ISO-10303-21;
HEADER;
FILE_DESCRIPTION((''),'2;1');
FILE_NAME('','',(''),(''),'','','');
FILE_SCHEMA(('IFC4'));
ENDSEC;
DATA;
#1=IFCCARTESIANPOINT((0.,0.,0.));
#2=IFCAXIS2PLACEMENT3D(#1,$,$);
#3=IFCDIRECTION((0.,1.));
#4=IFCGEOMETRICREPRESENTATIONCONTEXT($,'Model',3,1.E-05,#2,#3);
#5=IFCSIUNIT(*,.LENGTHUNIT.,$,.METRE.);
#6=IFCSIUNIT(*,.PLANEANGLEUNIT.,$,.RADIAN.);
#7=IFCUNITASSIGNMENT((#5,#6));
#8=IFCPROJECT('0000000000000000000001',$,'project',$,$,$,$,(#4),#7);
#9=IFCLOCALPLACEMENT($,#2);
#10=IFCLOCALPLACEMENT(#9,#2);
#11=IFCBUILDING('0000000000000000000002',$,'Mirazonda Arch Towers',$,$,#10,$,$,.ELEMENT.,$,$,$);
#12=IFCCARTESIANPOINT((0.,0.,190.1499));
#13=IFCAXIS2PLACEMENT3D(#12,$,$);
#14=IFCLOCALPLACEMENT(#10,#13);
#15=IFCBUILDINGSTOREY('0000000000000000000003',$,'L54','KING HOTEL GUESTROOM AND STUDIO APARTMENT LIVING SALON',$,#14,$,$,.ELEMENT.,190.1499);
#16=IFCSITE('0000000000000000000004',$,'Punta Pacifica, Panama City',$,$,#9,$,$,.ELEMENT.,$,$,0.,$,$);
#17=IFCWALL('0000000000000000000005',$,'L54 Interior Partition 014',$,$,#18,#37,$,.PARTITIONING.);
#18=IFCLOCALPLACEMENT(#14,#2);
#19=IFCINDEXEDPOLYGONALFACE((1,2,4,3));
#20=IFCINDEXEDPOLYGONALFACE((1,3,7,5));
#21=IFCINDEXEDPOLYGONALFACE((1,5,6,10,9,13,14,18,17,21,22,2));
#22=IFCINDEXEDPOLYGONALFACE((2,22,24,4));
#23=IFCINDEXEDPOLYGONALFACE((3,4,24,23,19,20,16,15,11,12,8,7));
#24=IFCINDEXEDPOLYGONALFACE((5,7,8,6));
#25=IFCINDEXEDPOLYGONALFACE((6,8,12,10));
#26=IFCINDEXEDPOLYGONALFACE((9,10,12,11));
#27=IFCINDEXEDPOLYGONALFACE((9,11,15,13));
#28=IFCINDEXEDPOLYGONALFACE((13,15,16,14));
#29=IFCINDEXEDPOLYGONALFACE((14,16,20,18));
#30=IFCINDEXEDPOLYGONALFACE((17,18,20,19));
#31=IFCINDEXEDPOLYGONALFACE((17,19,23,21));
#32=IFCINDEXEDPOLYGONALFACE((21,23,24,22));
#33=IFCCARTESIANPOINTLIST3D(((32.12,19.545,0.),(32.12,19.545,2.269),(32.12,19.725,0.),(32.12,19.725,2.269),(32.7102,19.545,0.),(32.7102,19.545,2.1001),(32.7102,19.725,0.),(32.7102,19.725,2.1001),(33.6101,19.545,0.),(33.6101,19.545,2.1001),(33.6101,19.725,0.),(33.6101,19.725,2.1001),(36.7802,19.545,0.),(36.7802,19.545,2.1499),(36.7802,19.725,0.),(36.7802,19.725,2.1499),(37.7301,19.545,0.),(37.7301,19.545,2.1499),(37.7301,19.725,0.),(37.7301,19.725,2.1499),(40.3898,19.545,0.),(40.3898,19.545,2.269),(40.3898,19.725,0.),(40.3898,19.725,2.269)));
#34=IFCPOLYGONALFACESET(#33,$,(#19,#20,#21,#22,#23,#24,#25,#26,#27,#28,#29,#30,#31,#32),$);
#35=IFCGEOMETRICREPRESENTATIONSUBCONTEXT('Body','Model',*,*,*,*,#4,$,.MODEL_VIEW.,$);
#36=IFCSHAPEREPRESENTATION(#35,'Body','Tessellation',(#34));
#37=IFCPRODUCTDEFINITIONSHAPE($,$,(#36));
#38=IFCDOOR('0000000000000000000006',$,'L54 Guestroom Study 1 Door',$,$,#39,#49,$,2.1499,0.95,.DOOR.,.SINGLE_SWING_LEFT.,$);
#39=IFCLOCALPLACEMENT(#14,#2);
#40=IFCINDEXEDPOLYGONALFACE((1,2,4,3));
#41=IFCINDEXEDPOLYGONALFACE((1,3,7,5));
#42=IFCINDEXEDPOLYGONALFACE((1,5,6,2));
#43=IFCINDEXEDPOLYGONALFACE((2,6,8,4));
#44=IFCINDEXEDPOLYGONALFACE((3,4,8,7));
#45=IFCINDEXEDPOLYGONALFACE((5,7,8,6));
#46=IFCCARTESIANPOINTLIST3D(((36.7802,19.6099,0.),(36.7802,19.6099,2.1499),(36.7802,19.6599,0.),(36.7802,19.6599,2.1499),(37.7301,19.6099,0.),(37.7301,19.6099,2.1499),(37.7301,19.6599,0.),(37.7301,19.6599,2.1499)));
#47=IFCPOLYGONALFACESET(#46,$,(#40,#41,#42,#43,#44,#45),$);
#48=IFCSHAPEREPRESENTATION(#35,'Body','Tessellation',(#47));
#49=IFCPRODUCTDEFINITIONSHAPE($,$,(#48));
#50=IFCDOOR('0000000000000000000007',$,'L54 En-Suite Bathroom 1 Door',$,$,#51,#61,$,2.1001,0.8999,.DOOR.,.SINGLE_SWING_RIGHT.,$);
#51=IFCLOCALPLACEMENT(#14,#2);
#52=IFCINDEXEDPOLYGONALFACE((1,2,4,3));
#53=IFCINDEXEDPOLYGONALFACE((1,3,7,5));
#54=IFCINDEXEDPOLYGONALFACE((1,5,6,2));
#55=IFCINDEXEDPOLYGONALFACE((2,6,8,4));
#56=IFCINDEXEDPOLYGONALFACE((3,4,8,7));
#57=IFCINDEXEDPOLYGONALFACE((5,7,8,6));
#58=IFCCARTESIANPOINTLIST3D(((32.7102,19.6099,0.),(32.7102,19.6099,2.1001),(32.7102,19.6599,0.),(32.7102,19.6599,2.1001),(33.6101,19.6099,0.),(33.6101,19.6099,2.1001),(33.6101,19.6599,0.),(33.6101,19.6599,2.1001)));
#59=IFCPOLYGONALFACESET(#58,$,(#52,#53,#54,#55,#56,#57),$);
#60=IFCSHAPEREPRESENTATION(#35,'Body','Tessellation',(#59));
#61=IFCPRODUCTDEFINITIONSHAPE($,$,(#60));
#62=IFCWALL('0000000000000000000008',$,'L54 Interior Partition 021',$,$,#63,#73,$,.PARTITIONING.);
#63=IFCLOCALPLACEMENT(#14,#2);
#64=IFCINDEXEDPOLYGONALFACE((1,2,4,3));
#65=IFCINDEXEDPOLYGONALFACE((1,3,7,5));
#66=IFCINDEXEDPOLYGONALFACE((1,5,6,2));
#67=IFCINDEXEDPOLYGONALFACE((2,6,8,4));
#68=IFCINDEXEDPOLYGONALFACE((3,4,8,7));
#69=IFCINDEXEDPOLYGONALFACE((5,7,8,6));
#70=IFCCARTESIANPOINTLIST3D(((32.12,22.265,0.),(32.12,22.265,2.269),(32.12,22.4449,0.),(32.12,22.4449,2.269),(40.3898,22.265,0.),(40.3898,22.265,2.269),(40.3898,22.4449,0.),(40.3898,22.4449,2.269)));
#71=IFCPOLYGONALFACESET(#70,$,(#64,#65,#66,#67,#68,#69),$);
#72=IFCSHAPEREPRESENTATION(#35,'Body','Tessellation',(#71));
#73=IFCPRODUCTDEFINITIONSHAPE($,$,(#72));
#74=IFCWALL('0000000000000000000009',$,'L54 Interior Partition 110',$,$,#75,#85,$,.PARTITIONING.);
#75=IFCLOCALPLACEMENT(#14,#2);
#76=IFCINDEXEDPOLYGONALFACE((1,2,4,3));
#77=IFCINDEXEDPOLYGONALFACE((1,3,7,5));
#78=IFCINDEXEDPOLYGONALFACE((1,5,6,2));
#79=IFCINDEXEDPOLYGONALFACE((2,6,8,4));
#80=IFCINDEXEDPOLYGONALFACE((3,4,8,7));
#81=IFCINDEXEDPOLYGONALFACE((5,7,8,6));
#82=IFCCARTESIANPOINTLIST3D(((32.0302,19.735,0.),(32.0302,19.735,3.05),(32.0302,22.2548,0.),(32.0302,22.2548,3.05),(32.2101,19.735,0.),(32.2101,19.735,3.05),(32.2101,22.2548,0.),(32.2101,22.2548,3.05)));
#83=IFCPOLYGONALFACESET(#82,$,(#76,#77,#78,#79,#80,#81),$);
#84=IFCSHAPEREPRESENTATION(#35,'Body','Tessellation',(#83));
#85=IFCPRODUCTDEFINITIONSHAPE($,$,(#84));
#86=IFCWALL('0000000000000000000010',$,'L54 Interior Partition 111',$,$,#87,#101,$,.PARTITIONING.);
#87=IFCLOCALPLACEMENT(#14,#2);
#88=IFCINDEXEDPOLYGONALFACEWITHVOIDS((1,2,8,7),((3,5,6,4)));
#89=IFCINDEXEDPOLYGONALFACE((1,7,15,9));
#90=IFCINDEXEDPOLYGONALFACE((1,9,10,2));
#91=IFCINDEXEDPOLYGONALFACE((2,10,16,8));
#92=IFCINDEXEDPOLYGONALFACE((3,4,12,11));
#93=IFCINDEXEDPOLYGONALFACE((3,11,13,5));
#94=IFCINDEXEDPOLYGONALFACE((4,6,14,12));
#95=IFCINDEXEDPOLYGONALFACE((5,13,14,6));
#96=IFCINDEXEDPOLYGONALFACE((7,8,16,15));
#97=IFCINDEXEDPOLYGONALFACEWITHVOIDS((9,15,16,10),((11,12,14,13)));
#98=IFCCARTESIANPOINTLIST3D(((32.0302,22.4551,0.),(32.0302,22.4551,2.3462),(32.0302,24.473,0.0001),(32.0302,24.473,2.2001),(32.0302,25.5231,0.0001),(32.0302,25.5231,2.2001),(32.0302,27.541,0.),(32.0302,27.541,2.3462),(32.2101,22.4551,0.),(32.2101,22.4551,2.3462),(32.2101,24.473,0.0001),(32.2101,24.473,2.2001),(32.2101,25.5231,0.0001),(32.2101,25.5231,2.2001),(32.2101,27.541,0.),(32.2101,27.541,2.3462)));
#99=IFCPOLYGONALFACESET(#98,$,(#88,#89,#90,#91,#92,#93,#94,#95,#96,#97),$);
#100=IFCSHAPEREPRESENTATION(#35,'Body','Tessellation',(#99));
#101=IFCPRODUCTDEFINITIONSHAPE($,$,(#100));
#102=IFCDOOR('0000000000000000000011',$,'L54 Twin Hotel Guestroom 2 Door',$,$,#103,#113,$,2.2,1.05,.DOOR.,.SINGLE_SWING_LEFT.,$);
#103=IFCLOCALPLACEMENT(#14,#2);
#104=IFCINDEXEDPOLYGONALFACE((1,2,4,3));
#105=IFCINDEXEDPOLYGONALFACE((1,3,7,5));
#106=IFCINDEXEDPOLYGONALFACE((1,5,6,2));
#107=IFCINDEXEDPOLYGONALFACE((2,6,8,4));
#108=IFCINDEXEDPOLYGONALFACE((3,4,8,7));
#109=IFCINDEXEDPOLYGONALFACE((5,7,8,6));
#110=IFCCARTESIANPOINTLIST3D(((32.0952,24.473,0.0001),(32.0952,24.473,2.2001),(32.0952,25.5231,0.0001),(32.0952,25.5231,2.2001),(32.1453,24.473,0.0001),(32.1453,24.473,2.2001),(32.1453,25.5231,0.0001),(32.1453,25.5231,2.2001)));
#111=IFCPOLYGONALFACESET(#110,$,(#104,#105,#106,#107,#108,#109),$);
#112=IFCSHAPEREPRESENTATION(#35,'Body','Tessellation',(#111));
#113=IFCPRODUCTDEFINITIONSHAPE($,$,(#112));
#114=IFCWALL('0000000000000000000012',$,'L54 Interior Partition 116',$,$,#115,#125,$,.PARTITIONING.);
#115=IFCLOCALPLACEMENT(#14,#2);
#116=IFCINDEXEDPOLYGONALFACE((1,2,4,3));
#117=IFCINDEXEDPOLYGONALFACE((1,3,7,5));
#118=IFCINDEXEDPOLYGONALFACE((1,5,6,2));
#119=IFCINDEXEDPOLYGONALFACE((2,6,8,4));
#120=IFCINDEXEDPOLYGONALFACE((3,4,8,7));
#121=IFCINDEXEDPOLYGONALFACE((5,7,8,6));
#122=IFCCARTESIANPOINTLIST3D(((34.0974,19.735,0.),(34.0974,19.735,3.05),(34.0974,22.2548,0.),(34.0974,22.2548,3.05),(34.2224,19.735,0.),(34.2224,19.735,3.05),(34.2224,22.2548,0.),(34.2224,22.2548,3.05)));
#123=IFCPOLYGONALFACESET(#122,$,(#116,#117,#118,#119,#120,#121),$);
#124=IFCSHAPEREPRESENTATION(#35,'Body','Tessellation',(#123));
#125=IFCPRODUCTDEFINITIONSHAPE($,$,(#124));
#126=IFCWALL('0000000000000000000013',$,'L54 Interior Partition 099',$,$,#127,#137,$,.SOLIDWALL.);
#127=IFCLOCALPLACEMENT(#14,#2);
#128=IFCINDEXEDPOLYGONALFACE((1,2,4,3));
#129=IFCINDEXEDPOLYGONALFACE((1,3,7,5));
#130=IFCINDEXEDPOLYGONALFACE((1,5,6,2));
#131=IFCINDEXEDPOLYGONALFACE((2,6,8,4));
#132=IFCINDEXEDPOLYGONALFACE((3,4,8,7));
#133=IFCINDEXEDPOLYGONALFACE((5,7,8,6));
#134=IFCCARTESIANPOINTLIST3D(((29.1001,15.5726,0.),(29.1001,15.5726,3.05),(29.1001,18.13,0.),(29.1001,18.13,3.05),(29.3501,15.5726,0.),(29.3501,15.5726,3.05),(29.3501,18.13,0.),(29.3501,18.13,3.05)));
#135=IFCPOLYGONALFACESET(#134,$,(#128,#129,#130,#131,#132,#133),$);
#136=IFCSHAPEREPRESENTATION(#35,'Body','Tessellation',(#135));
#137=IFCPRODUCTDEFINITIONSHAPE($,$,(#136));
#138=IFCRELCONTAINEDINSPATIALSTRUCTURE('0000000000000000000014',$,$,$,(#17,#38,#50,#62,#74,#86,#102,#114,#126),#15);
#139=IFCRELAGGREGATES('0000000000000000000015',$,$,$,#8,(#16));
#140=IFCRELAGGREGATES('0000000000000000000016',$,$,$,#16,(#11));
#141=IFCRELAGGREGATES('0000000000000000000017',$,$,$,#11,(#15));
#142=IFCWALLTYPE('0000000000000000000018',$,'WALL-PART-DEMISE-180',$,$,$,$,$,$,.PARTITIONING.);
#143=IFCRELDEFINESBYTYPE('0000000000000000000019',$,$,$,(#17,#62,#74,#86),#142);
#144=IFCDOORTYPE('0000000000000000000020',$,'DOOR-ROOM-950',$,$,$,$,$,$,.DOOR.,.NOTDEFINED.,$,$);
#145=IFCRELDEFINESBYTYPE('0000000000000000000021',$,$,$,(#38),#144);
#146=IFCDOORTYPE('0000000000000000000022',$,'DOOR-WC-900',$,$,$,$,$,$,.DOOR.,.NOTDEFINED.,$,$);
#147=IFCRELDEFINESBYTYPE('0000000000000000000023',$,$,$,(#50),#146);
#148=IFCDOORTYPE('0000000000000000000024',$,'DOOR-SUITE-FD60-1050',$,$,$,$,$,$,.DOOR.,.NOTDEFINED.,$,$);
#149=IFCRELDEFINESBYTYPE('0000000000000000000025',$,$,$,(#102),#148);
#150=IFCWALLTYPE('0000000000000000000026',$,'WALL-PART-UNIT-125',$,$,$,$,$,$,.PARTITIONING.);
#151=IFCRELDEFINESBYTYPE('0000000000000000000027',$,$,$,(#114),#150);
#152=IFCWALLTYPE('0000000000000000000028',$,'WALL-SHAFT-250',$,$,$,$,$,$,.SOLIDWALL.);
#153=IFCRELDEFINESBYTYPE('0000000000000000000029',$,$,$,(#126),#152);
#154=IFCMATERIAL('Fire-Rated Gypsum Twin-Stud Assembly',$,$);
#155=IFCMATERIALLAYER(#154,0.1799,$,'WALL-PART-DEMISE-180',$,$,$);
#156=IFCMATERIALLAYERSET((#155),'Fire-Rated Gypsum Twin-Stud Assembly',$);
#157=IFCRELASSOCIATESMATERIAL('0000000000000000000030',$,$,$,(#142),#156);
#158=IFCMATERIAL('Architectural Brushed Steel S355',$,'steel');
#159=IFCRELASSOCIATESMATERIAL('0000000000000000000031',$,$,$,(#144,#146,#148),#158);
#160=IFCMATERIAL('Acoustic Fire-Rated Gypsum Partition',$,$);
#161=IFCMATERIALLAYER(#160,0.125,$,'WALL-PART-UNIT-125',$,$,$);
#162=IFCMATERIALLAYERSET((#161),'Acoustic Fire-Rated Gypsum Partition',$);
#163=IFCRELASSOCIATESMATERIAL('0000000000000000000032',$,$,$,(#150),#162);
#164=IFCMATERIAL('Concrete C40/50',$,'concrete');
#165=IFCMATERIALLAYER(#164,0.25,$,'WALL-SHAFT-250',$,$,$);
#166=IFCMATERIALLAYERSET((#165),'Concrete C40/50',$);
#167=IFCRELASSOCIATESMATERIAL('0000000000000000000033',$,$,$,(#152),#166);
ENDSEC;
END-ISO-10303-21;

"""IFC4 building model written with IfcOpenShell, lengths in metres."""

from ifc_helpers import new_model, si_unit, direction, frame, frame_2d, origin, place, context, subcontext, project, spatial, rectangle, extrude, material, layer, layer_set, type_object, element, fill, save


model = new_model("IFC4")

# Units and contexts
model_context = context("Model", 3, precision=1e-05, world=origin(), true_north=direction((0.0, 1.0)))
body_context = subcontext(model_context, "Body", "Model", "MODEL_VIEW")
ifc_project = project(units=[si_unit("LENGTHUNIT", "METRE"), si_unit("PLANEANGLEUNIT", "RADIAN")], contexts=[model_context])

# Site, building, storey
site_placement = place(None, origin())
site = spatial("IfcSite", under=ifc_project, at=site_placement, Name="Punta Pacifica, Panama City", CompositionType="ELEMENT", RefElevation=0.0)
building_placement = place(site_placement, origin())
building = spatial("IfcBuilding", under=site, at=building_placement, Name="Mirazonda Arch Towers", CompositionType="ELEMENT")
storey_placement = place(building_placement, frame((0.0, 0.0, 190.1499)))
storey = spatial("IfcBuildingStorey", under=building, at=storey_placement, Name="L54", Description="KING HOTEL GUESTROOM AND STUDIO APARTMENT LIVING SALON", CompositionType="ELEMENT", Elevation=190.1499)

# Wall, openings, doors
ifc_material_1 = material(Name="Fire-Rated Gypsum Twin-Stud Assembly")
ifc_layer_1 = layer(ifc_material_1, 0.1799, Name="WALL-PART-DEMISE-180")
ifc_layer_set_1 = layer_set([ifc_layer_1], Name="Fire-Rated Gypsum Twin-Stud Assembly")
wall_type_1 = type_object("IfcWallType", Name="WALL-PART-DEMISE-180", PredefinedType="PARTITIONING", material=ifc_layer_set_1)
wall_1_placement = place(storey_placement, frame((32.1201, 19.635, 0.0), z_axis=(0.0, 0.0, 1.0), x_axis=(1.0, 0.0, 0.0)))
wall_1 = element("IfcWall", 1, at=wall_1_placement, inside=storey, type_object=wall_type_1, Name="L54 Interior Partition 014", PredefinedType="PARTITIONING", context=body_context, shape_type="SweptSolid", body=[
    extrude(rectangle(XDim=8.2698, YDim=0.1799, at=frame_2d((4.1348, 0.0))), origin(), (0.0, 0.0, 1.0), 2.269),
])
opening_1_placement = place(wall_1_placement, frame((4.6599, 0.0, 0.0)))
opening_1 = element("IfcOpeningElement", 2, at=opening_1_placement, cuts=wall_1, PredefinedType="OPENING", context=body_context, shape_type="SweptSolid", body=[
    extrude(rectangle(XDim=0.95, YDim=2.1499, at=frame_2d((0.4751, 1.075))), frame((0.0, 0.0999, 0.0), z_axis=(0.0, -1.0, 0.0), x_axis=(1.0, 0.0, 0.0)), (0.0, 0.0, 1.0), 0.2),
])
opening_2_placement = place(wall_1_placement, frame((0.5901, 0.0, 0.0)))
opening_2 = element("IfcOpeningElement", 3, at=opening_2_placement, cuts=wall_1, PredefinedType="OPENING", context=body_context, shape_type="SweptSolid", body=[
    extrude(rectangle(XDim=0.8999, YDim=2.1001, at=frame_2d((0.45, 1.05))), frame((0.0, 0.0999, 0.0), z_axis=(0.0, -1.0, 0.0), x_axis=(1.0, 0.0, 0.0)), (0.0, 0.0, 1.0), 0.2),
])
ifc_material_2 = material(Name="Architectural Brushed Steel S355", Category="steel")
door_type_1 = type_object("IfcDoorType", Name="DOOR-ROOM-950", OperationType="NOTDEFINED", PredefinedType="DOOR", material=ifc_material_2)
door_1_placement = place(opening_1_placement, origin())
door_1 = element("IfcDoor", 4, at=door_1_placement, inside=storey, type_object=door_type_1, Name="L54 Guestroom Study 1 Door", OperationType="SINGLE_SWING_LEFT", OverallHeight=2.1499, OverallWidth=0.95, PredefinedType="DOOR", context=body_context, shape_type="SweptSolid", body=[
    extrude(rectangle(XDim=0.95, YDim=2.1499, at=frame_2d((0.4751, 1.075))), frame((0.0, 0.0249, 0.0), z_axis=(0.0, -1.0, 0.0), x_axis=(1.0, 0.0, 0.0)), (0.0, 0.0, 1.0), 0.05),
])
fill(opening_1, door_1)
door_type_2 = type_object("IfcDoorType", Name="DOOR-WC-900", OperationType="NOTDEFINED", PredefinedType="DOOR", material=ifc_material_2)
door_2_placement = place(opening_2_placement, origin())
door_2 = element("IfcDoor", 5, at=door_2_placement, inside=storey, type_object=door_type_2, Name="L54 En-Suite Bathroom 1 Door", OperationType="SINGLE_SWING_RIGHT", OverallHeight=2.1001, OverallWidth=0.8999, PredefinedType="DOOR", context=body_context, shape_type="SweptSolid", body=[
    extrude(rectangle(XDim=0.8999, YDim=2.1001, at=frame_2d((0.45, 1.05))), frame((0.0, 0.0249, 0.0), z_axis=(0.0, -1.0, 0.0), x_axis=(1.0, 0.0, 0.0)), (0.0, 0.0, 1.0), 0.05),
])
fill(opening_2, door_2)

# Walls
wall_2_placement = place(storey_placement, frame((32.1201, 22.355, 0.0), z_axis=(0.0, 0.0, 1.0), x_axis=(1.0, 0.0, 0.0)))
element("IfcWall", 6, at=wall_2_placement, inside=storey, type_object=wall_type_1, Name="L54 Interior Partition 021", PredefinedType="PARTITIONING", context=body_context, shape_type="SweptSolid", body=[
    extrude(rectangle(XDim=8.2698, YDim=0.1799, at=frame_2d((4.1348, 0.0))), origin(), (0.0, 0.0, 1.0), 2.269),
])
wall_3_placement = place(storey_placement, frame((32.1201, 19.7351, 0.0), z_axis=(0.0, 0.0, 1.0), x_axis=(0.0, 1.0, 0.0)))
element("IfcWall", 7, at=wall_3_placement, inside=storey, type_object=wall_type_1, Name="L54 Interior Partition 110", PredefinedType="PARTITIONING", context=body_context, shape_type="SweptSolid", body=[
    extrude(rectangle(XDim=2.5198, YDim=0.1799, at=frame_2d((1.2598, 0.0))), origin(), (0.0, 0.0, 1.0), 3.05),
])

# Wall, opening, door
wall_4_placement = place(storey_placement, frame((32.1201, 22.4551, 0.0), z_axis=(0.0, 0.0, 1.0), x_axis=(0.0, 1.0, 0.0)))
wall_4 = element("IfcWall", 8, at=wall_4_placement, inside=storey, type_object=wall_type_1, Name="L54 Interior Partition 111", PredefinedType="PARTITIONING", context=body_context, shape_type="SweptSolid", body=[
    extrude(rectangle(XDim=5.0859, YDim=0.1799, at=frame_2d((2.543, 0.0))), origin(), (0.0, 0.0, 1.0), 2.3462),
])
opening_3_placement = place(wall_4_placement, frame((2.0181, 0.0, 0.0)))
opening_3 = element("IfcOpeningElement", 9, at=opening_3_placement, cuts=wall_4, PredefinedType="OPENING", context=body_context, shape_type="SweptSolid", body=[
    extrude(rectangle(XDim=1.05, YDim=2.2, at=frame_2d((0.5249, 1.1001))), frame((0.0, 0.0999, 0.0), z_axis=(0.0, -1.0, 0.0), x_axis=(1.0, 0.0, 0.0)), (0.0, 0.0, 1.0), 0.2),
])
door_type_3 = type_object("IfcDoorType", Name="DOOR-SUITE-FD60-1050", OperationType="NOTDEFINED", PredefinedType="DOOR", material=ifc_material_2)
door_3_placement = place(opening_3_placement, origin())
door_3 = element("IfcDoor", 10, at=door_3_placement, inside=storey, type_object=door_type_3, Name="L54 Twin Hotel Guestroom 2 Door", OperationType="SINGLE_SWING_LEFT", OverallHeight=2.2, OverallWidth=1.05, PredefinedType="DOOR", context=body_context, shape_type="SweptSolid", body=[
    extrude(rectangle(XDim=1.05, YDim=2.2, at=frame_2d((0.5249, 1.1001))), frame((0.0, 0.0249, 0.0), z_axis=(0.0, -1.0, 0.0), x_axis=(1.0, 0.0, 0.0)), (0.0, 0.0, 1.0), 0.05),
])
fill(opening_3, door_3)

# Walls
ifc_material_3 = material(Name="Acoustic Fire-Rated Gypsum Partition")
ifc_layer_2 = layer(ifc_material_3, 0.125, Name="WALL-PART-UNIT-125")
ifc_layer_set_2 = layer_set([ifc_layer_2], Name="Acoustic Fire-Rated Gypsum Partition")
wall_type_2 = type_object("IfcWallType", Name="WALL-PART-UNIT-125", PredefinedType="PARTITIONING", material=ifc_layer_set_2)
wall_5_placement = place(storey_placement, frame((34.1599, 19.7351, 0.0), z_axis=(0.0, 0.0, 1.0), x_axis=(0.0, 1.0, 0.0)))
element("IfcWall", 11, at=wall_5_placement, inside=storey, type_object=wall_type_2, Name="L54 Interior Partition 116", PredefinedType="PARTITIONING", context=body_context, shape_type="SweptSolid", body=[
    extrude(rectangle(XDim=2.5198, YDim=0.125, at=frame_2d((1.2598, 0.0))), origin(), (0.0, 0.0, 1.0), 3.05),
])
ifc_material_4 = material(Name="Concrete C40/50", Category="concrete")
ifc_layer_3 = layer(ifc_material_4, 0.25, Name="WALL-SHAFT-250")
ifc_layer_set_3 = layer_set([ifc_layer_3], Name="Concrete C40/50")
wall_type_3 = type_object("IfcWallType", Name="WALL-SHAFT-250", PredefinedType="SOLIDWALL", material=ifc_layer_set_3)
wall_6_placement = place(storey_placement, frame((29.2251, 15.5725, 0.0), z_axis=(0.0, 0.0, 1.0), x_axis=(0.0, 1.0, 0.0)))
element("IfcWall", 12, at=wall_6_placement, inside=storey, type_object=wall_type_3, Name="L54 Interior Partition 099", PredefinedType="SOLIDWALL", context=body_context, shape_type="SweptSolid", body=[
    extrude(rectangle(XDim=2.5574, YDim=0.25, at=frame_2d((1.2788, 0.0))), origin(), (0.0, 0.0, 1.0), 3.05),
])

save(model, "model.ifc")
